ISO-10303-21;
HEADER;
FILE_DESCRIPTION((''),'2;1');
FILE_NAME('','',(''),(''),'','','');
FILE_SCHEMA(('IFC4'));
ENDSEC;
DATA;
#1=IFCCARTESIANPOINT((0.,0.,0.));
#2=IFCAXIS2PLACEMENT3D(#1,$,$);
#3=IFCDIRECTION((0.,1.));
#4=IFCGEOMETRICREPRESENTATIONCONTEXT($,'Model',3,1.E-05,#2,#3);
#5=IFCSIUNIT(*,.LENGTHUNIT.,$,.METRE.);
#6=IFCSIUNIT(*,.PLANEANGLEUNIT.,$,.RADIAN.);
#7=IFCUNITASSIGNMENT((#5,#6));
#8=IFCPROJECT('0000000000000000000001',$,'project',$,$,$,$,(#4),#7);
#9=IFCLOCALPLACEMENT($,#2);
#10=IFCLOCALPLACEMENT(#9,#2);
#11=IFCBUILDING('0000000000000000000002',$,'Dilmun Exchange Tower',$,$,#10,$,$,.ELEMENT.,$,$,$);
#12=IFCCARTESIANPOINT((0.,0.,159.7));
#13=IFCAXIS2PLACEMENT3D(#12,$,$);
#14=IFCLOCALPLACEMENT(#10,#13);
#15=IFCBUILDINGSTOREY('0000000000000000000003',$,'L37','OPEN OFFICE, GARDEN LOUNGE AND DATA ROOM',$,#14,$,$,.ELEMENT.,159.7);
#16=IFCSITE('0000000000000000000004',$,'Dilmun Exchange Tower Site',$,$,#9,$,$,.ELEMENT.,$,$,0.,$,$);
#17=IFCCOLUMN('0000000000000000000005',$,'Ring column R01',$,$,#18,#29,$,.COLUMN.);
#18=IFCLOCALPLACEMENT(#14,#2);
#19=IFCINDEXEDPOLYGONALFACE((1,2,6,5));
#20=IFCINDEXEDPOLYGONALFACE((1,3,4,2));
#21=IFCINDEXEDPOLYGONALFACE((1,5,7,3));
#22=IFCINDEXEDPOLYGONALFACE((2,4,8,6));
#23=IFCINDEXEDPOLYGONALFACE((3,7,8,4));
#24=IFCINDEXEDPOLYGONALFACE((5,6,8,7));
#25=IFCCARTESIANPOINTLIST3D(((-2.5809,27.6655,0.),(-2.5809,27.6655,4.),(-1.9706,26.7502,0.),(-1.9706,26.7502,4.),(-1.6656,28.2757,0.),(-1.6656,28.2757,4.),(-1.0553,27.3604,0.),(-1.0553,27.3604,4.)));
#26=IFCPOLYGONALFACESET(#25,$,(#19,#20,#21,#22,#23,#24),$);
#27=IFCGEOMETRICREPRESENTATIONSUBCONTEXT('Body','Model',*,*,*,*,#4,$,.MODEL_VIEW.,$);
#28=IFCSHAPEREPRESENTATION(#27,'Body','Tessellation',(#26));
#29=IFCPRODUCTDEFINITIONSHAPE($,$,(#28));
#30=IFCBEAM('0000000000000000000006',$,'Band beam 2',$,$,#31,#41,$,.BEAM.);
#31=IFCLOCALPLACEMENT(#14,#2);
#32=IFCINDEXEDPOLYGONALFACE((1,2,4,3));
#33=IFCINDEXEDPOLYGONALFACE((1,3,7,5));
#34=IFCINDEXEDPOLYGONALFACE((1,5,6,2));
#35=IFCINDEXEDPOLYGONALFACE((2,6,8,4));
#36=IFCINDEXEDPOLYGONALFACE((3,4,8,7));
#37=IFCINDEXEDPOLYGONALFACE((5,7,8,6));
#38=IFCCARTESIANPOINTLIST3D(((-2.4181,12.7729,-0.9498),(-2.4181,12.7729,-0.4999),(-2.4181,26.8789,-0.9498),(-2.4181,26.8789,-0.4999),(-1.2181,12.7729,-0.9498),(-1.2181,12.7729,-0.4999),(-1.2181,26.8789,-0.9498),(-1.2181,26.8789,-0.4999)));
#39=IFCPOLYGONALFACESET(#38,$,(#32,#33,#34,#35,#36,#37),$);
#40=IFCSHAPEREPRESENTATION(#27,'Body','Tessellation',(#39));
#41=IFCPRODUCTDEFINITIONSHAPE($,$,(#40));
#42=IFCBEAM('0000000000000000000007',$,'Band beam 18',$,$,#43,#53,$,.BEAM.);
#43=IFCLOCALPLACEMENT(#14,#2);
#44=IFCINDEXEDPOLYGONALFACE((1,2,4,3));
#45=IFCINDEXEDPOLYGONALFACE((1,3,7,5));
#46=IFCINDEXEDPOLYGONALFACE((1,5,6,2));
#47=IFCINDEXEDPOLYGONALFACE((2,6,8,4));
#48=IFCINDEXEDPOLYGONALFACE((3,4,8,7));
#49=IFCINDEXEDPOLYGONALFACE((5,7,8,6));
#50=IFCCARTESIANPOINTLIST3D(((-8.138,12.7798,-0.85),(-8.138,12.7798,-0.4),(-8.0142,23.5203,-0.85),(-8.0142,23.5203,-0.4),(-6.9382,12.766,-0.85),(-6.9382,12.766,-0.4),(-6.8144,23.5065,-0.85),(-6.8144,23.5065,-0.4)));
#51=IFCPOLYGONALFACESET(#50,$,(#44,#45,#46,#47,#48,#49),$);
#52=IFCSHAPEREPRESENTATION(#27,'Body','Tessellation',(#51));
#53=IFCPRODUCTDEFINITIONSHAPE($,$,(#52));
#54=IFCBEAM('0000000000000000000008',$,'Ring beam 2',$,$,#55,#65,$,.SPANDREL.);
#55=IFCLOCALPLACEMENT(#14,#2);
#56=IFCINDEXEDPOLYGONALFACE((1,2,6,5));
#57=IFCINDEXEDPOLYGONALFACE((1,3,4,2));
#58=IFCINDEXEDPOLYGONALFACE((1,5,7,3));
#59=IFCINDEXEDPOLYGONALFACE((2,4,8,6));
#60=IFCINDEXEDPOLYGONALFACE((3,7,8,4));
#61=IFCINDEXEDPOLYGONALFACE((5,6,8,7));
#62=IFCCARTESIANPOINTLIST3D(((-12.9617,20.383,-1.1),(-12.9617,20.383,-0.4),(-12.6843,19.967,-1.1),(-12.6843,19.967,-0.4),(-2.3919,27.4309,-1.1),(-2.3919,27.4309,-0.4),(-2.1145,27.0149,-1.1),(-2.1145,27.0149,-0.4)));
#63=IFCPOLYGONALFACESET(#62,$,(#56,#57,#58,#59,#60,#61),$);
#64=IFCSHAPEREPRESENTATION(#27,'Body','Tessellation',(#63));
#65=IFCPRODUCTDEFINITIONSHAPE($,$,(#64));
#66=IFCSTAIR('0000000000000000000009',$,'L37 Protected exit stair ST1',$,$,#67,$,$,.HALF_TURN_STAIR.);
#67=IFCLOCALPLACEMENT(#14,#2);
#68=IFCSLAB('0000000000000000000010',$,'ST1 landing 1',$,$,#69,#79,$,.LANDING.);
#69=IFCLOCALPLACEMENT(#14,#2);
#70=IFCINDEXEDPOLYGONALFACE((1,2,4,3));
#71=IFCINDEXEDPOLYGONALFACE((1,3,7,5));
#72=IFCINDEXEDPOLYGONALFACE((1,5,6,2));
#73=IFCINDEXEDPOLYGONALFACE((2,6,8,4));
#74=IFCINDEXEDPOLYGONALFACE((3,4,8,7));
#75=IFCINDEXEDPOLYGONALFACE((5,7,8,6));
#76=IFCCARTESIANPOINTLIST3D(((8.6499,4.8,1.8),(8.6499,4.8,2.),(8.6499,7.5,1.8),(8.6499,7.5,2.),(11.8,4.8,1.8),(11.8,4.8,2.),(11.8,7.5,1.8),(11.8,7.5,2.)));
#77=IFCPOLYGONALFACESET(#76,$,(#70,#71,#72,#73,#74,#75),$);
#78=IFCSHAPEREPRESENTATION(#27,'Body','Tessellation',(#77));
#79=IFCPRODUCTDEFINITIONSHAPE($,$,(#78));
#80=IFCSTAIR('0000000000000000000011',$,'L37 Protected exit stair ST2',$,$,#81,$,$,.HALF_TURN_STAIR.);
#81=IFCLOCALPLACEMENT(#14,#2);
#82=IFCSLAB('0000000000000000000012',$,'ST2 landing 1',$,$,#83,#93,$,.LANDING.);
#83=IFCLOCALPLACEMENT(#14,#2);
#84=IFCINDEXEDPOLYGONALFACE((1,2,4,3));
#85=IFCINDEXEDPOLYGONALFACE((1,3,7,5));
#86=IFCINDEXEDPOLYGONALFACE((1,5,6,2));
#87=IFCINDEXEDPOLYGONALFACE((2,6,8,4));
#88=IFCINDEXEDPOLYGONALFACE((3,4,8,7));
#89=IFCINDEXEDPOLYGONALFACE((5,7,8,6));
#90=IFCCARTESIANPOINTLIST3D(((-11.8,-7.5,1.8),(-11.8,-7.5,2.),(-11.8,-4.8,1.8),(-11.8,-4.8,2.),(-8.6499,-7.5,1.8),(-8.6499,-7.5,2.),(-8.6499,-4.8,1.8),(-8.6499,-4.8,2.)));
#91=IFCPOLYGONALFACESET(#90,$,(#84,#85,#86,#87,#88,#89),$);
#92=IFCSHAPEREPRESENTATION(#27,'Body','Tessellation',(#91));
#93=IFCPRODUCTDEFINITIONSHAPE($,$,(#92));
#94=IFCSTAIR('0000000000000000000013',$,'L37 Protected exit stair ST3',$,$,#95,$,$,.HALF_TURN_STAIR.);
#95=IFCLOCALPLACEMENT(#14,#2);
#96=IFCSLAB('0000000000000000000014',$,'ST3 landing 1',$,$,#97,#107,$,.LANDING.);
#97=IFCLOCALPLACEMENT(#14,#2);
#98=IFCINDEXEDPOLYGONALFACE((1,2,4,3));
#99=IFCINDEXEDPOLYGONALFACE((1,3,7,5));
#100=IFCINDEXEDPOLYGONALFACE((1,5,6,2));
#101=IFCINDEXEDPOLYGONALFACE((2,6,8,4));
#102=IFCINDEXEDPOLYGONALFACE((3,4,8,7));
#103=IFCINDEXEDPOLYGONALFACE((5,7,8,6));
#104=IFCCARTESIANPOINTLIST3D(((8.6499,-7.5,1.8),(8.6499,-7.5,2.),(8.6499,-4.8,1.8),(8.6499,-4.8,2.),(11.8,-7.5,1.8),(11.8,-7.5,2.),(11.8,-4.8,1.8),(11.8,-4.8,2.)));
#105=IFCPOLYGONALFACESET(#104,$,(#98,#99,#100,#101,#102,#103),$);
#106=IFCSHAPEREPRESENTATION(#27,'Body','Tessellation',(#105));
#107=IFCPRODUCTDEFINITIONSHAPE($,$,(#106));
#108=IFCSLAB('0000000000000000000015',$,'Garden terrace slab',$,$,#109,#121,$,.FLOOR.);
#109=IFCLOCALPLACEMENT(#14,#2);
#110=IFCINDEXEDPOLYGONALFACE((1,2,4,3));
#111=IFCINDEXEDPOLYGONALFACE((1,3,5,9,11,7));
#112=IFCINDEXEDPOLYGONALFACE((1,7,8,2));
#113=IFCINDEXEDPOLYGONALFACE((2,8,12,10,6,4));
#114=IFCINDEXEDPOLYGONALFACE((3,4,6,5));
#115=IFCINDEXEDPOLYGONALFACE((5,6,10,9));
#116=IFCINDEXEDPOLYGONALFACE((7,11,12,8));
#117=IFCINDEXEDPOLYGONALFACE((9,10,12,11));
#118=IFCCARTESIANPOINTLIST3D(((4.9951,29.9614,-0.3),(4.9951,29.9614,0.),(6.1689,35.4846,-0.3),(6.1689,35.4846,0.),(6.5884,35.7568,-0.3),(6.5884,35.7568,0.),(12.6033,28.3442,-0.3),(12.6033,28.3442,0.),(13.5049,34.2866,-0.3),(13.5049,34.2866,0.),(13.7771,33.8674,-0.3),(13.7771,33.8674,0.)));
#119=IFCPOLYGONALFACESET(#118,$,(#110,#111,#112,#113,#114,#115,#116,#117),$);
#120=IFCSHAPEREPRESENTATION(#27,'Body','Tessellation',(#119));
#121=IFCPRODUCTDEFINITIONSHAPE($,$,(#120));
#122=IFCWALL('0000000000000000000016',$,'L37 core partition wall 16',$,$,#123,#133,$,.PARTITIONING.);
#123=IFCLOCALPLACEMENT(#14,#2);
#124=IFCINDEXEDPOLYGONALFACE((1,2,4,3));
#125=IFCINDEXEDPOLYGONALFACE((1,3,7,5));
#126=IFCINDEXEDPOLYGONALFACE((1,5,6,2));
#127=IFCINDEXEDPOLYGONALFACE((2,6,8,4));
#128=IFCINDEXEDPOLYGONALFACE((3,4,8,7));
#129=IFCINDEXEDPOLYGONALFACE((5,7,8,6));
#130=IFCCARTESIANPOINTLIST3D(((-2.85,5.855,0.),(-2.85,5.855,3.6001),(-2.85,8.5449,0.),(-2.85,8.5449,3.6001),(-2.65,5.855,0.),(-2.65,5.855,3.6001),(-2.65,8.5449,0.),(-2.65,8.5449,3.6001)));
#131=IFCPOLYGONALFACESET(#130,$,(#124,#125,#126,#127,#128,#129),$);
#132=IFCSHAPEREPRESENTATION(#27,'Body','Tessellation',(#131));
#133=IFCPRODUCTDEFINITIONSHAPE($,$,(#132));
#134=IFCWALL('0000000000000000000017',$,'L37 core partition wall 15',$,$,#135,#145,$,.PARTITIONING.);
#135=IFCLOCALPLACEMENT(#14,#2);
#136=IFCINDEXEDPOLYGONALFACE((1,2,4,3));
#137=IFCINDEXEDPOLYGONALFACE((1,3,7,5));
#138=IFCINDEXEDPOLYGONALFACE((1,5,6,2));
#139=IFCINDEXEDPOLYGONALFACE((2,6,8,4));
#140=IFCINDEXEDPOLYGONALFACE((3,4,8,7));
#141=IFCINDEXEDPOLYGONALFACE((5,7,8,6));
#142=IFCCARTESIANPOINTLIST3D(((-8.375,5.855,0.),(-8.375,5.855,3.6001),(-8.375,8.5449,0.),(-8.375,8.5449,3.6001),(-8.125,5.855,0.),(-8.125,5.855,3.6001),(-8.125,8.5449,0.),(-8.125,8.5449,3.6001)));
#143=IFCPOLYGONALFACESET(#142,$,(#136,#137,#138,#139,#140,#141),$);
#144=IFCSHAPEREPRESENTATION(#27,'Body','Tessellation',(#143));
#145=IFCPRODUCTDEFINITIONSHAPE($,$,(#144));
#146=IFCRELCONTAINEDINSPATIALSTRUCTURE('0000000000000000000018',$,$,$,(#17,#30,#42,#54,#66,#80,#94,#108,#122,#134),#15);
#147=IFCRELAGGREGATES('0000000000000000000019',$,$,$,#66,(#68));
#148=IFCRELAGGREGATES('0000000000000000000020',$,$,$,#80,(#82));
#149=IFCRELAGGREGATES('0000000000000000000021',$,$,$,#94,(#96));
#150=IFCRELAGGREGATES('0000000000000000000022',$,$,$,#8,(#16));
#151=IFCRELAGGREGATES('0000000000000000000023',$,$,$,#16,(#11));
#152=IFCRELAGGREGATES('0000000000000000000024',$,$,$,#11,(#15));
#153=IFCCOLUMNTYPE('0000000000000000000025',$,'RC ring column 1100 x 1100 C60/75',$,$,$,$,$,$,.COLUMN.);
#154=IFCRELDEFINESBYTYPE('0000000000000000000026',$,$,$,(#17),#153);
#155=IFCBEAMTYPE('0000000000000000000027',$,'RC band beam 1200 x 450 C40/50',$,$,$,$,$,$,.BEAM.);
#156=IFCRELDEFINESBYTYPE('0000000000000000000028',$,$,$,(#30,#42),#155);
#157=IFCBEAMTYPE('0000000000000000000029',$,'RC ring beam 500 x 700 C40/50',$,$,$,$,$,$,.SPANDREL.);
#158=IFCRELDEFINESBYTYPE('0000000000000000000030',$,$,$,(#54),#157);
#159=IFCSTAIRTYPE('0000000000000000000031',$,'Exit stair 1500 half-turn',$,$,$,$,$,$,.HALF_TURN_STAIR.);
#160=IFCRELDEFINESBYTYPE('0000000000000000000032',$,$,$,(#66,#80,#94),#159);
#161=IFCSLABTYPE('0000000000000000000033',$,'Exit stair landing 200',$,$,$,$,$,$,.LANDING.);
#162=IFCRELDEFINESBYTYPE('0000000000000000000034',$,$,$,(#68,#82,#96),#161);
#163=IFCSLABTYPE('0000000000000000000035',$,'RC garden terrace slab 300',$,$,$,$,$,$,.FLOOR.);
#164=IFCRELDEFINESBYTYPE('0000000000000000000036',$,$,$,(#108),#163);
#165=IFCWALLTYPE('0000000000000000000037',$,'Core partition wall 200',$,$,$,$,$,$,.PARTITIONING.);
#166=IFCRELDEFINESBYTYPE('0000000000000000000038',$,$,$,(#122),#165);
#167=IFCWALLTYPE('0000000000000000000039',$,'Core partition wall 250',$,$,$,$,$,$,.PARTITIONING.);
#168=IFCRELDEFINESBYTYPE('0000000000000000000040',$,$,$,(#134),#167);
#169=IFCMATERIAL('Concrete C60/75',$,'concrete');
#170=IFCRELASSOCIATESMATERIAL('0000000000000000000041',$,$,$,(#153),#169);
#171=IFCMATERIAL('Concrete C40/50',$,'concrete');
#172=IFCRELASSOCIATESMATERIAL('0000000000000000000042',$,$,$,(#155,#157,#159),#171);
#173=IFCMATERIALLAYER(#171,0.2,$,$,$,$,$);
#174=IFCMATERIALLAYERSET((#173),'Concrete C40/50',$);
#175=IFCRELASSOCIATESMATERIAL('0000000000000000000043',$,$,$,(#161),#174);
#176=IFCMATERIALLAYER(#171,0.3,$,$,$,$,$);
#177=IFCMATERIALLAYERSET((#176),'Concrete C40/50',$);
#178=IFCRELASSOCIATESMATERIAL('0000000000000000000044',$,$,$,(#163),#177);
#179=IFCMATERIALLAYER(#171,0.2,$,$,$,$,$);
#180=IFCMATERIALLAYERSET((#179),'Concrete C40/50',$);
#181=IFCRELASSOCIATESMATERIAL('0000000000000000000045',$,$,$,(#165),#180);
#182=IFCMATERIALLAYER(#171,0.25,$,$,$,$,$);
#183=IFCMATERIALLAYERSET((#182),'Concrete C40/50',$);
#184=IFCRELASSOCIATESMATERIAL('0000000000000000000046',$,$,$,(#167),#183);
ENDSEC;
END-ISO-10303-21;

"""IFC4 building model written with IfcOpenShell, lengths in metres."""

from ifc_helpers import new_model, si_unit, direction, frame, frame_2d, origin, origin_2d, place, context, subcontext, project, spatial, polyline, rectangle, outline, extrude, material, layer, layer_set, material_profile, profile_set, type_object, element, aggregate, save


model = new_model("IFC4")

# Units and contexts
model_context = context("Model", 3, precision=1e-05, world=origin(), true_north=direction((0.0, 1.0)))
body_context = subcontext(model_context, "Body", "Model", "MODEL_VIEW")
ifc_project = project(units=[si_unit("LENGTHUNIT", "METRE"), si_unit("PLANEANGLEUNIT", "RADIAN")], contexts=[model_context])

# Site, building, storey
site_placement = place(None, origin())
site = spatial("IfcSite", under=ifc_project, at=site_placement, Name="Dilmun Exchange Tower Site", CompositionType="ELEMENT", RefElevation=0.0)
building_placement = place(site_placement, origin())
building = spatial("IfcBuilding", under=site, at=building_placement, Name="Dilmun Exchange Tower", CompositionType="ELEMENT")
storey_placement = place(building_placement, frame((0.0, 0.0, 159.7)))
storey = spatial("IfcBuildingStorey", under=building, at=storey_placement, Name="L37", Description="OPEN OFFICE, GARDEN LOUNGE AND DATA ROOM", CompositionType="ELEMENT", Elevation=159.7)

# Column
ifc_material_1 = material(Name="Concrete C60/75", Category="concrete")
ifc_material_profile_1 = material_profile(ifc_material_1, rectangle(XDim=1.1001, YDim=1.1001, at=origin_2d()), Name="1100 x 1100")
ifc_profile_set_1 = profile_set([ifc_material_profile_1], Name="Concrete C60/75")
column_type = type_object("IfcColumnType", Name="RC ring column 1100 x 1100 C60/75", PredefinedType="COLUMN", material=ifc_profile_set_1)
column_placement = place(storey_placement, frame((-1.8181, 27.5129, 0.0), z_axis=(0.0, 0.0, 1.0), x_axis=(0.832029, 0.554733, 0.0)))
element("IfcColumn", 1, at=column_placement, inside=storey, type_object=column_type, Name="Ring column R01", PredefinedType="COLUMN", context=body_context, shape_type="SweptSolid", body=[
    extrude(rectangle(XDim=1.1001, YDim=1.1001, at=origin_2d()), origin(), (0.0, 0.0, 1.0), 4.0),
])

# Beams
ifc_material_2 = material(Name="Concrete C40/50", Category="concrete")
ifc_material_profile_2 = material_profile(ifc_material_2, rectangle(XDim=1.2, YDim=0.45, at=origin_2d()), Name="1200 x 450")
ifc_profile_set_2 = profile_set([ifc_material_profile_2], Name="Concrete C40/50")
beam_type_1 = type_object("IfcBeamType", Name="RC band beam 1200 x 450 C40/50", PredefinedType="BEAM", material=ifc_profile_set_2)
beam_1_placement = place(storey_placement, frame((-1.8181, 26.8789, -0.7249), z_axis=(0.0, -1.0, 0.0), x_axis=(1.0, 0.0, 0.0)))
element("IfcBeam", 2, at=beam_1_placement, inside=storey, type_object=beam_type_1, Name="Band beam 2", PredefinedType="BEAM", context=body_context, shape_type="SweptSolid", body=[
    extrude(rectangle(XDim=1.2, YDim=0.45, at=origin_2d()), origin(), (0.0, 0.0, 1.0), 14.106),
])
beam_2_placement = place(storey_placement, frame((-7.4143, 23.5134, -0.625), z_axis=(-0.011524, -0.999934, 0.0), x_axis=(0.999934, -0.011524, 0.0)))
element("IfcBeam", 3, at=beam_2_placement, inside=storey, type_object=beam_type_1, Name="Band beam 18", PredefinedType="BEAM", context=body_context, shape_type="SweptSolid", body=[
    extrude(rectangle(XDim=1.2, YDim=0.45, at=origin_2d()), origin(), (0.0, 0.0, 1.0), 10.7412),
])
ifc_material_profile_3 = material_profile(ifc_material_2, rectangle(XDim=0.5, YDim=0.7, at=origin_2d()), Name="500 x 700")
ifc_profile_set_3 = profile_set([ifc_material_profile_3], Name="Concrete C40/50")
beam_type_2 = type_object("IfcBeamType", Name="RC ring beam 500 x 700 C40/50", PredefinedType="SPANDREL", material=ifc_profile_set_3)
beam_3_placement = place(storey_placement, frame((-2.2532, 27.2229, -0.75), z_axis=(-0.832003, -0.554771, 0.0), x_axis=(0.554771, -0.832003, 0.0)))
element("IfcBeam", 4, at=beam_3_placement, inside=storey, type_object=beam_type_2, Name="Ring beam 2", PredefinedType="SPANDREL", context=body_context, shape_type="SweptSolid", body=[
    extrude(rectangle(XDim=0.5, YDim=0.7, at=origin_2d()), origin(), (0.0, 0.0, 1.0), 12.7041),
])

# Stairs, slabs
stair_type = type_object("IfcStairType", Name="Exit stair 1500 half-turn", PredefinedType="HALF_TURN_STAIR", material=ifc_material_2)
stair_1_placement = place(storey_placement, origin())
stair_1 = element("IfcStair", 5, at=stair_1_placement, inside=storey, type_object=stair_type, Name="L37 Protected exit stair ST1", PredefinedType="HALF_TURN_STAIR")
ifc_layer_1 = layer(ifc_material_2, 0.2)
ifc_layer_set_1 = layer_set([ifc_layer_1], Name="Concrete C40/50")
slab_type_1 = type_object("IfcSlabType", Name="Exit stair landing 200", PredefinedType="LANDING", material=ifc_layer_set_1)
slab_1_placement = place(storey_placement, frame((0.0, 0.0, 1.8)))
slab_1 = element("IfcSlab", 6, at=slab_1_placement, type_object=slab_type_1, Name="ST1 landing 1", PredefinedType="LANDING", context=body_context, shape_type="SweptSolid", body=[
    extrude(outline(polyline([(8.6499, 7.5), (8.6499, 4.8), (11.8, 4.8), (11.8, 7.5), (8.6499, 7.5)])), origin(), (0.0, 0.0, 1.0), 0.2),
])
aggregate(stair_1, [slab_1])
stair_2_placement = place(storey_placement, origin())
stair_2 = element("IfcStair", 7, at=stair_2_placement, inside=storey, type_object=stair_type, Name="L37 Protected exit stair ST2", PredefinedType="HALF_TURN_STAIR")
slab_2_placement = place(storey_placement, frame((0.0, 0.0, 1.8)))
slab_2 = element("IfcSlab", 8, at=slab_2_placement, type_object=slab_type_1, Name="ST2 landing 1", PredefinedType="LANDING", context=body_context, shape_type="SweptSolid", body=[
    extrude(outline(polyline([(-8.6499, -7.5), (-8.6499, -4.8), (-11.8, -4.8), (-11.8, -7.5), (-8.6499, -7.5)])), origin(), (0.0, 0.0, 1.0), 0.2),
])
aggregate(stair_2, [slab_2])
stair_3_placement = place(storey_placement, origin())
stair_3 = element("IfcStair", 9, at=stair_3_placement, inside=storey, type_object=stair_type, Name="L37 Protected exit stair ST3", PredefinedType="HALF_TURN_STAIR")
slab_3_placement = place(storey_placement, frame((0.0, 0.0, 1.8)))
slab_3 = element("IfcSlab", 10, at=slab_3_placement, type_object=slab_type_1, Name="ST3 landing 1", PredefinedType="LANDING", context=body_context, shape_type="SweptSolid", body=[
    extrude(outline(polyline([(11.8, -7.5), (11.8, -4.8), (8.6499, -4.8), (8.6499, -7.5), (11.8, -7.5)])), origin(), (0.0, 0.0, 1.0), 0.2),
])
aggregate(stair_3, [slab_3])

# Slab
ifc_layer_2 = layer(ifc_material_2, 0.3)
ifc_layer_set_2 = layer_set([ifc_layer_2], Name="Concrete C40/50")
slab_type_2 = type_object("IfcSlabType", Name="RC garden terrace slab 300", PredefinedType="FLOOR", material=ifc_layer_set_2)
slab_4_placement = place(storey_placement, frame((0.0, 0.0, -0.3)))
element("IfcSlab", 11, at=slab_4_placement, inside=storey, type_object=slab_type_2, Name="Garden terrace slab", PredefinedType="FLOOR", context=body_context, shape_type="SweptSolid", body=[
    extrude(outline(polyline([(4.9951, 29.9614), (6.1689, 35.4846), (6.5884, 35.7568), (13.5049, 34.2866), (13.7771, 33.8674), (12.6033, 28.3442), (4.9951, 29.9614)])), origin(), (0.0, 0.0, 1.0), 0.3),
])

# Walls
ifc_layer_3 = layer(ifc_material_2, 0.2)
ifc_layer_set_3 = layer_set([ifc_layer_3], Name="Concrete C40/50")
wall_type_1 = type_object("IfcWallType", Name="Core partition wall 200", PredefinedType="PARTITIONING", material=ifc_layer_set_3)
wall_1_placement = place(storey_placement, frame((-2.75, 5.855, 0.0), z_axis=(0.0, 0.0, 1.0), x_axis=(0.0, 1.0, 0.0)))
element("IfcWall", 12, at=wall_1_placement, inside=storey, type_object=wall_type_1, Name="L37 core partition wall 16", PredefinedType="PARTITIONING", context=body_context, shape_type="SweptSolid", body=[
    extrude(rectangle(XDim=2.6899, YDim=0.2, at=frame_2d((1.345, 0.0))), origin(), (0.0, 0.0, 1.0), 3.6001),
])
ifc_layer_4 = layer(ifc_material_2, 0.25)
ifc_layer_set_4 = layer_set([ifc_layer_4], Name="Concrete C40/50")
wall_type_2 = type_object("IfcWallType", Name="Core partition wall 250", PredefinedType="PARTITIONING", material=ifc_layer_set_4)
wall_2_placement = place(storey_placement, frame((-8.25, 5.855, 0.0), z_axis=(0.0, 0.0, 1.0), x_axis=(0.0, 1.0, 0.0)))
element("IfcWall", 13, at=wall_2_placement, inside=storey, type_object=wall_type_2, Name="L37 core partition wall 15", PredefinedType="PARTITIONING", context=body_context, shape_type="SweptSolid", body=[
    extrude(rectangle(XDim=2.6899, YDim=0.25, at=frame_2d((1.345, 0.0))), origin(), (0.0, 0.0, 1.0), 3.6001),
])

save(model, "model.ifc")
